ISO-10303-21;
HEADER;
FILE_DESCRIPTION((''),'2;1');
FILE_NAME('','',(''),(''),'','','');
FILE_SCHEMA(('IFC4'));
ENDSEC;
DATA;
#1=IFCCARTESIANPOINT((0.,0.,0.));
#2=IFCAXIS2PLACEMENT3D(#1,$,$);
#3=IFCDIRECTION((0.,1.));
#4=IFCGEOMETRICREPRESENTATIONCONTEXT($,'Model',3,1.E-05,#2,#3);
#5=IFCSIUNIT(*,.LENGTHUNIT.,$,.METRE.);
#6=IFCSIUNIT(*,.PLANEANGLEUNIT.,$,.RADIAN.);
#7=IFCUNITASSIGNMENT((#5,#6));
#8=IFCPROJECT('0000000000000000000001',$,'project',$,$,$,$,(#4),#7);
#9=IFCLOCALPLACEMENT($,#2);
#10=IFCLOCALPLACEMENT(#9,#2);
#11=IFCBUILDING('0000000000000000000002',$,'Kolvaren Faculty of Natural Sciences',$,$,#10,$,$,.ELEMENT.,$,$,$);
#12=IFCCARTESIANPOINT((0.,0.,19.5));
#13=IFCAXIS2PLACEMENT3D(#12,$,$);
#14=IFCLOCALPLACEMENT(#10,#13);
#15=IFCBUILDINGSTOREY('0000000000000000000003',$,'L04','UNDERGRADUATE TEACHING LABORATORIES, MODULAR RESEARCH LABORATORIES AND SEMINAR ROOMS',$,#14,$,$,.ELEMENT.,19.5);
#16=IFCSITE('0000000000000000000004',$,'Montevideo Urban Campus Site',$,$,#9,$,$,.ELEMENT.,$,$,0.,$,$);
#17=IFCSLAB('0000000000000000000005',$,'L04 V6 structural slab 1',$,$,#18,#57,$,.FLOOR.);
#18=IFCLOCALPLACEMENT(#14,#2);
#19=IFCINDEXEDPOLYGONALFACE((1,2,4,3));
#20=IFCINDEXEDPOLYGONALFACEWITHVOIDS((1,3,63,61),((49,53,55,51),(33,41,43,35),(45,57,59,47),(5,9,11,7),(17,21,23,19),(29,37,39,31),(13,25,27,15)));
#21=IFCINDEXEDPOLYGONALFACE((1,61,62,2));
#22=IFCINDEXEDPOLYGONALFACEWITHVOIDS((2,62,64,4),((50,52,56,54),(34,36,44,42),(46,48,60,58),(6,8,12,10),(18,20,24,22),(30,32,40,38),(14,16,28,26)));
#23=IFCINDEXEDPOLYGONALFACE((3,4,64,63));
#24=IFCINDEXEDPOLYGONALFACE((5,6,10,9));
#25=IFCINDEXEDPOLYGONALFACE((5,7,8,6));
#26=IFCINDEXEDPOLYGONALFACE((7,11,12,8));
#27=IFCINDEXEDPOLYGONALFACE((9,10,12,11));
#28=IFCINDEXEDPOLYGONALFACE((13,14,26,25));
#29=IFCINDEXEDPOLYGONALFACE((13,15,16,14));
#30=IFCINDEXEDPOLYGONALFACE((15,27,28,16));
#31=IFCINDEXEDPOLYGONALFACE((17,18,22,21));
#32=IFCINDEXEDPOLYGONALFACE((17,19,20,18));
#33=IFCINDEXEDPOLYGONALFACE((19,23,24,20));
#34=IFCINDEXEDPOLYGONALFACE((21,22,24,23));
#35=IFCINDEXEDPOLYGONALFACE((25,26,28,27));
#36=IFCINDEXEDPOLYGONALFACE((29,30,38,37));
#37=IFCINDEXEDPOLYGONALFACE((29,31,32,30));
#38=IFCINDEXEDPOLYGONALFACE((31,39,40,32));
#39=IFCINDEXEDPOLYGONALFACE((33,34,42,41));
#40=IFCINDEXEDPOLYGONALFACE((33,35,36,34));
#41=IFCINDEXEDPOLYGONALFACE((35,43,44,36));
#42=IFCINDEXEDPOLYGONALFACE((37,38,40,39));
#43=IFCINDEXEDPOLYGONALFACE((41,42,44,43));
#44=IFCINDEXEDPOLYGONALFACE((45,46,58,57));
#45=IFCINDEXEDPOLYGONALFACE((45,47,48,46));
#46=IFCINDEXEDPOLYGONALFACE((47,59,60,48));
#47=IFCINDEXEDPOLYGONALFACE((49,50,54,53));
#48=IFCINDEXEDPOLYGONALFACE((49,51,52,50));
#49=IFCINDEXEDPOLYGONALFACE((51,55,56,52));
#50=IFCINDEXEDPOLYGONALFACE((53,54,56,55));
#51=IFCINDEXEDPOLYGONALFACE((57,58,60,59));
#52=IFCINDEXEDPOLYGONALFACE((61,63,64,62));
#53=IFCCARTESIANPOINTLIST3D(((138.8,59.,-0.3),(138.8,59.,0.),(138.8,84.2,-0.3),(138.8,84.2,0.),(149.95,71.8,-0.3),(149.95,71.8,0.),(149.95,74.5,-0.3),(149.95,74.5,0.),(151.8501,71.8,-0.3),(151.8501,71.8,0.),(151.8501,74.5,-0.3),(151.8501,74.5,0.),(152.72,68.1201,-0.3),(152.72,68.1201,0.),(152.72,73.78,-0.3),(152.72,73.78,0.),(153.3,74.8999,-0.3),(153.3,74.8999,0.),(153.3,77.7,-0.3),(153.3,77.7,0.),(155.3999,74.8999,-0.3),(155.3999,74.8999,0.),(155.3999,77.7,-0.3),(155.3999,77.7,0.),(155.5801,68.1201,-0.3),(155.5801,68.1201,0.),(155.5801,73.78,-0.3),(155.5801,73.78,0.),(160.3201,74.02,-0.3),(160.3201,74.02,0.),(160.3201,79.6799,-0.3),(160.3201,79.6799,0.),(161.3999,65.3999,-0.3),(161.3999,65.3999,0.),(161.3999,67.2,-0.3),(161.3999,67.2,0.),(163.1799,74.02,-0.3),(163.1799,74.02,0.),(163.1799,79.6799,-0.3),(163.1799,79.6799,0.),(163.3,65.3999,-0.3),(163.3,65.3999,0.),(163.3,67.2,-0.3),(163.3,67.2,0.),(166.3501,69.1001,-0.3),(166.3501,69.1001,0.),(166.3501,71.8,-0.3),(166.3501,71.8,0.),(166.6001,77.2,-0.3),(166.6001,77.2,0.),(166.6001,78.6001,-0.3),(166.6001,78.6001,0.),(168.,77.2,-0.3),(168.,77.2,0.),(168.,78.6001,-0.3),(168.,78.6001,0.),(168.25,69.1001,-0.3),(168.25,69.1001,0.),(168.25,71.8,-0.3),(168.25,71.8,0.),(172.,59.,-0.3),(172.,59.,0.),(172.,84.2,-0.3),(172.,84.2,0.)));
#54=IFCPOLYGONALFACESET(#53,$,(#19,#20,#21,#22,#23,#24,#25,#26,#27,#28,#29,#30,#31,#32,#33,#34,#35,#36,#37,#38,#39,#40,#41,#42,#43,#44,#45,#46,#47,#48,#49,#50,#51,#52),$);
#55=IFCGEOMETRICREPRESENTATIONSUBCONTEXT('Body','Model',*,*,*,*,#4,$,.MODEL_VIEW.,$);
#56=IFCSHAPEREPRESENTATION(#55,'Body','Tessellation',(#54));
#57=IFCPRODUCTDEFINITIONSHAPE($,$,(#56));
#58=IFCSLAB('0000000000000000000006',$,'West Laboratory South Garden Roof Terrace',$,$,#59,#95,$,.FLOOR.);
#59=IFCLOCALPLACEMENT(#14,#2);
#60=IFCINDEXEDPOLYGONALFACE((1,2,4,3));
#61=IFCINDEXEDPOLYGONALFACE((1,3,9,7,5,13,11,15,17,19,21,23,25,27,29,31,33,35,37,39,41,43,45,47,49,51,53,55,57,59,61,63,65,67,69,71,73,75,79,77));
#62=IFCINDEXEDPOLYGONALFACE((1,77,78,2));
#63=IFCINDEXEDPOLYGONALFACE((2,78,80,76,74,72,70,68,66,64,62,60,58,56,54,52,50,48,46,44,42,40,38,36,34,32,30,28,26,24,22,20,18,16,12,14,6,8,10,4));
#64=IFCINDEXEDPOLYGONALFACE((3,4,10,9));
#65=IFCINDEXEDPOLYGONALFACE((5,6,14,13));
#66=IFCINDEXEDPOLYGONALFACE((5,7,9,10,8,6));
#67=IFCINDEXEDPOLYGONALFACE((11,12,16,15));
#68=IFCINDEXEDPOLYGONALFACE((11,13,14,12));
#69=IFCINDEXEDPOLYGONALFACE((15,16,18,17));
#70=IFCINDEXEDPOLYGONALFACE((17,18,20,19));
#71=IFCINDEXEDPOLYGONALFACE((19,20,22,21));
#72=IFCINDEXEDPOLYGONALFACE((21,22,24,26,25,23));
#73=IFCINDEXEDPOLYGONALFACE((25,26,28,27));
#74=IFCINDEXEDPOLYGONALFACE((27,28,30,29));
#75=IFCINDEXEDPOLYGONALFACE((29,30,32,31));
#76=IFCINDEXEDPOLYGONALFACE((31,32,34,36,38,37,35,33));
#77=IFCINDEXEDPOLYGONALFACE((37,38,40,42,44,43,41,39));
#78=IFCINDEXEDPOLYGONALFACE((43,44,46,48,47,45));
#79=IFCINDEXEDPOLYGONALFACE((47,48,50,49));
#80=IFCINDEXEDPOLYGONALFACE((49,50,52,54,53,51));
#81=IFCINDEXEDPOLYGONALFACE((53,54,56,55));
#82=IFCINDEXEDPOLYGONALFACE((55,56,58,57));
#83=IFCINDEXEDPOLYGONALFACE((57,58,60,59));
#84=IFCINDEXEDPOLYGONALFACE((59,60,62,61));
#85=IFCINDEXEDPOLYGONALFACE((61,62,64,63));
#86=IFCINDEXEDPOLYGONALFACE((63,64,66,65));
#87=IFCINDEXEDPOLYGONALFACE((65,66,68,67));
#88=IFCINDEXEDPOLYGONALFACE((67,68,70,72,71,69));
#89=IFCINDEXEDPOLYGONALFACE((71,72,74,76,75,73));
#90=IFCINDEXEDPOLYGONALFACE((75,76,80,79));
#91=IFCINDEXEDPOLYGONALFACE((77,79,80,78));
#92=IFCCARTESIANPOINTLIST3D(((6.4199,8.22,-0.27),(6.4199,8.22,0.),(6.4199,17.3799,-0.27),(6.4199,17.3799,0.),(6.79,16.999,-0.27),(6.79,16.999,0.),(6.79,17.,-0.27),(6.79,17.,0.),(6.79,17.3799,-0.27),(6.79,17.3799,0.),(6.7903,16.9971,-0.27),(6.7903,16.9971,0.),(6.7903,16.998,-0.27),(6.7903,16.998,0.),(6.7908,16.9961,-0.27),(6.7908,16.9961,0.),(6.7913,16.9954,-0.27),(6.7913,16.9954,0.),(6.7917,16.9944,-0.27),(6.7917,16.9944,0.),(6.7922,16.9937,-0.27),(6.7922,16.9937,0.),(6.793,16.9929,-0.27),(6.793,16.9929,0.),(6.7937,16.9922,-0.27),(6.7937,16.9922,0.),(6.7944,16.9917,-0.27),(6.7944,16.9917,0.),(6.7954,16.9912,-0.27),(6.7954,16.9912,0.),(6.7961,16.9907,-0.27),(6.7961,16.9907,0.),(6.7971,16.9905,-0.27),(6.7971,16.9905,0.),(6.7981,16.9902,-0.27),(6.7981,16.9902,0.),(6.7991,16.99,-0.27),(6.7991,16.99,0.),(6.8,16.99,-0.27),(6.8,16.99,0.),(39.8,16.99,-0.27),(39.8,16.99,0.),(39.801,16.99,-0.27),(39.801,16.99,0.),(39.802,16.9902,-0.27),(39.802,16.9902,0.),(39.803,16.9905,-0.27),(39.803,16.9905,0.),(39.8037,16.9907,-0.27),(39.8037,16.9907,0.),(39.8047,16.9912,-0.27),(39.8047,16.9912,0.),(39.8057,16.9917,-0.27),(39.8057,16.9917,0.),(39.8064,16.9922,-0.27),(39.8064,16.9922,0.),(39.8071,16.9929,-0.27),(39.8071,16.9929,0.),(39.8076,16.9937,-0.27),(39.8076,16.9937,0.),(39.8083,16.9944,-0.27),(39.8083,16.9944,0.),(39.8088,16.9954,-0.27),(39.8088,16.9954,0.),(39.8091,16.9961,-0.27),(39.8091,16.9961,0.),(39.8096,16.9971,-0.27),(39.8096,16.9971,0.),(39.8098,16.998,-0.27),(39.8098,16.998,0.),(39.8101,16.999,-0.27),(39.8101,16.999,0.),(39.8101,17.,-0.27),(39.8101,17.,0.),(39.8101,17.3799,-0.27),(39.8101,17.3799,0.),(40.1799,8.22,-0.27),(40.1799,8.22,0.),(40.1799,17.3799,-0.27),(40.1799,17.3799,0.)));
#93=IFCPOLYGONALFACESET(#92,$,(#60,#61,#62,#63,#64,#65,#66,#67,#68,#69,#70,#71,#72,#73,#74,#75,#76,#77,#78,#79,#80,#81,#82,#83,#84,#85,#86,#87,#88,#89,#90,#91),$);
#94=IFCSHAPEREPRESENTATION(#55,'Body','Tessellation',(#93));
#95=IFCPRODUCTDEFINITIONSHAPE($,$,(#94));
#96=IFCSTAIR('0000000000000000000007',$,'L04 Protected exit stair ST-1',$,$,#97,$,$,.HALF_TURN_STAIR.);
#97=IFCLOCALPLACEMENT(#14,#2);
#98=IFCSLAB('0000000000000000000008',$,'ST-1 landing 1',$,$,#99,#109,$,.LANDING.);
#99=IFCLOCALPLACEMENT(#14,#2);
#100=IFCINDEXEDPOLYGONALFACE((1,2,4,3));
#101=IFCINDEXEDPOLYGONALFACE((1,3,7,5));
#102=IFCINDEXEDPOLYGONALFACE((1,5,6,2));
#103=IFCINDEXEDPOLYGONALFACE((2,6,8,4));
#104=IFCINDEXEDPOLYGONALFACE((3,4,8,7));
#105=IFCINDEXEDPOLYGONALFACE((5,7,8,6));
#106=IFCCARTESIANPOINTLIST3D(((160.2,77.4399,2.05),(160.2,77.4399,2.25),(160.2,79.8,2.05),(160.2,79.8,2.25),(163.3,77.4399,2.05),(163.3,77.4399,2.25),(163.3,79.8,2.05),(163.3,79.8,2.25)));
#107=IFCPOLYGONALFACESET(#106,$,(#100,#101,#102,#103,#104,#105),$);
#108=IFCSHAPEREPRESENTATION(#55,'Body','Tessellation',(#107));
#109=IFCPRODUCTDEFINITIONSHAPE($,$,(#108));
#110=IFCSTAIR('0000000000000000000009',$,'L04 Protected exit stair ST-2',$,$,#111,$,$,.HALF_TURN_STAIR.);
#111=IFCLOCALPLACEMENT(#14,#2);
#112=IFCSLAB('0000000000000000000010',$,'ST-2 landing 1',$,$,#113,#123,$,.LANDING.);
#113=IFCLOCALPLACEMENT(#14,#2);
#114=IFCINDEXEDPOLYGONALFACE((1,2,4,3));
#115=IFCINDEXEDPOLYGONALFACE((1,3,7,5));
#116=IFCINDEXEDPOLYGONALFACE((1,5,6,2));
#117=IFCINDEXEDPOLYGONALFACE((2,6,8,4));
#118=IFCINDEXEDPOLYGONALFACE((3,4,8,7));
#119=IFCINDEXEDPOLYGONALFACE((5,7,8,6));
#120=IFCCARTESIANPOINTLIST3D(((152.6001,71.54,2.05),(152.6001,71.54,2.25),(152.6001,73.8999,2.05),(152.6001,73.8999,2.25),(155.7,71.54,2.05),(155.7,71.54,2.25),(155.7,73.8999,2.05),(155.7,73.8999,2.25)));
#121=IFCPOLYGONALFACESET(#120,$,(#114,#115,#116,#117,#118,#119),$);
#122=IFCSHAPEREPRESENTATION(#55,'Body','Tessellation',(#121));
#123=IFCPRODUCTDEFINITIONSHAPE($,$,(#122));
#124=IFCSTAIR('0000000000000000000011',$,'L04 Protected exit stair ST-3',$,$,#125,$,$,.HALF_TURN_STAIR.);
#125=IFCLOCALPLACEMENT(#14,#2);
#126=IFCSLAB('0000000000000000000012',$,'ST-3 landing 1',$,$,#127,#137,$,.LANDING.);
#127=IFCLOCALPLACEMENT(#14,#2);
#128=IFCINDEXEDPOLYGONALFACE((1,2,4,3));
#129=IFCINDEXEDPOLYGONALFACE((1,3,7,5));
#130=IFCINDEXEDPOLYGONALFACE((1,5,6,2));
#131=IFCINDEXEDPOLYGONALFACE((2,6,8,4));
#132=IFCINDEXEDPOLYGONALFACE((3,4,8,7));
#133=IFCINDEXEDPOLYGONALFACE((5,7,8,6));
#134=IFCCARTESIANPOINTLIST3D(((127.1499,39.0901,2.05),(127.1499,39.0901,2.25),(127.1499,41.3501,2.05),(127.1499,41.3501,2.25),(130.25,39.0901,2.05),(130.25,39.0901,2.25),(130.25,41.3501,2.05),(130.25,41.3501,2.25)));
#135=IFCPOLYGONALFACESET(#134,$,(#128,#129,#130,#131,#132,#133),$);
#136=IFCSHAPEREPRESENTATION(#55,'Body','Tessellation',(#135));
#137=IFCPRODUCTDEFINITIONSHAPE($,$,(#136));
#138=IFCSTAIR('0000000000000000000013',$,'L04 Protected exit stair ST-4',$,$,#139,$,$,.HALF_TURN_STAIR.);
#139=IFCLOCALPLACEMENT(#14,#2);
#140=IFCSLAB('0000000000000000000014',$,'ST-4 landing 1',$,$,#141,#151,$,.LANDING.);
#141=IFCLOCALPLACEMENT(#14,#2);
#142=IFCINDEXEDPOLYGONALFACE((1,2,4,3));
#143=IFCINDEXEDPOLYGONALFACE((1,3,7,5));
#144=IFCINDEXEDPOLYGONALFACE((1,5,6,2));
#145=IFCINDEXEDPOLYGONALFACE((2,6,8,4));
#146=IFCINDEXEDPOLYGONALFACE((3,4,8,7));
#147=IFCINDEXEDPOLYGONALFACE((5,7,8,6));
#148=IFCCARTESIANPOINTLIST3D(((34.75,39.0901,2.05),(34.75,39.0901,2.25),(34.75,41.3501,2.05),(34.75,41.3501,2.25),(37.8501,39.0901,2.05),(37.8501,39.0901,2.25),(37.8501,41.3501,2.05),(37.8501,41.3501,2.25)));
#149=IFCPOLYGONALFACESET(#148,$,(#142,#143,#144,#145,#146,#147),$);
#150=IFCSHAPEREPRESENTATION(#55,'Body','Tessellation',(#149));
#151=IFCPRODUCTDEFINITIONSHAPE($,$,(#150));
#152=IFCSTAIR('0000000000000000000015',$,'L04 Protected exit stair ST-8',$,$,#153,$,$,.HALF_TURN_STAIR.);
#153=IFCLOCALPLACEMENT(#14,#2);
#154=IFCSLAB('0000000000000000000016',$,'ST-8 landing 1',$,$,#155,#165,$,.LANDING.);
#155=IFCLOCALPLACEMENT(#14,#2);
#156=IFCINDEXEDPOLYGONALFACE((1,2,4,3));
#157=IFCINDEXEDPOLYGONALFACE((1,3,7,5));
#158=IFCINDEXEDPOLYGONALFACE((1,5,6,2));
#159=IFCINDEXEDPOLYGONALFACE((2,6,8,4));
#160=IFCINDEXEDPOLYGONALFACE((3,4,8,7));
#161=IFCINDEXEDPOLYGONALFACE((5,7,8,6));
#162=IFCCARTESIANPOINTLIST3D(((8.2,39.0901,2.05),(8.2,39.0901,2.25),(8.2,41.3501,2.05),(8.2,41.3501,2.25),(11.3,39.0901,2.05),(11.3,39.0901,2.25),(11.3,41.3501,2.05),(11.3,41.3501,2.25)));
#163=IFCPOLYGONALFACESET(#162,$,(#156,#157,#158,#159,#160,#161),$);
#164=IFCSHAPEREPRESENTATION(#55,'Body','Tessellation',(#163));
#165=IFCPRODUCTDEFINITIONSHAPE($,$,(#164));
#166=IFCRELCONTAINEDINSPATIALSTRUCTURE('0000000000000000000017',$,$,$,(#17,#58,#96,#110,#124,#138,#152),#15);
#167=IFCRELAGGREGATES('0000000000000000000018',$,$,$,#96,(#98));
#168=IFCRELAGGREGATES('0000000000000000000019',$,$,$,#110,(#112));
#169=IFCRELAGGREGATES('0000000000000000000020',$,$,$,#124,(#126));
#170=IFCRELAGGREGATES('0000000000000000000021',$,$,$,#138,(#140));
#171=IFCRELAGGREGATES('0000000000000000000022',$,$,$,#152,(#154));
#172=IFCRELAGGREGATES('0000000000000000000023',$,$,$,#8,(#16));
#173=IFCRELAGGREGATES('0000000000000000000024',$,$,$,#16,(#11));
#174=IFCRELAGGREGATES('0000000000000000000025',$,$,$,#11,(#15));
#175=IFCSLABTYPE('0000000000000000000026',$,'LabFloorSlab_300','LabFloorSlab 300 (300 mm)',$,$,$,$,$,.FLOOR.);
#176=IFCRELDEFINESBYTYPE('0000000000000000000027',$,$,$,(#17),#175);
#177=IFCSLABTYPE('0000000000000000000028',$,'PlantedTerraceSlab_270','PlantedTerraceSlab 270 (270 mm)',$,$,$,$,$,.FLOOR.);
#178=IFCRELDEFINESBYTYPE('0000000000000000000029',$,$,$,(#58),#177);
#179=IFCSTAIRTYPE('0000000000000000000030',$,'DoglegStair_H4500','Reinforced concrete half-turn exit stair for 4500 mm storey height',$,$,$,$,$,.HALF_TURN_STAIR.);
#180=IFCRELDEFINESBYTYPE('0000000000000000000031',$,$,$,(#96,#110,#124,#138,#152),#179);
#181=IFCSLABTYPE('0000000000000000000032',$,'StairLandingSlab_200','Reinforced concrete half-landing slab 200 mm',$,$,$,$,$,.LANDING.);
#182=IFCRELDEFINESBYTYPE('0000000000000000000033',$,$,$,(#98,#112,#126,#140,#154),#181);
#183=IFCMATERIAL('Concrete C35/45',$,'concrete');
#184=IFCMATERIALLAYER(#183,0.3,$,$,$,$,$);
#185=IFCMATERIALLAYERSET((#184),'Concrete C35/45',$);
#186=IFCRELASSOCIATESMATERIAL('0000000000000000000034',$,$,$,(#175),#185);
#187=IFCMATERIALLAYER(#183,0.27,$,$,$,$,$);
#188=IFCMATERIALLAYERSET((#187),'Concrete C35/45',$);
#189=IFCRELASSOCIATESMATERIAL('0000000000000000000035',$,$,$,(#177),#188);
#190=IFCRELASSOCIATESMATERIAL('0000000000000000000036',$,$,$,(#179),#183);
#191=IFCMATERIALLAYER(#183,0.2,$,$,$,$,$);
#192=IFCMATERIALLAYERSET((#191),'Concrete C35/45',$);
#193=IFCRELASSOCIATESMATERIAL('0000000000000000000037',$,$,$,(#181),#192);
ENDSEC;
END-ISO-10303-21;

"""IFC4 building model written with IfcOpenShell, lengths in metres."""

from ifc_helpers import new_model, si_unit, direction, frame, origin, place, context, subcontext, project, spatial, polyline, outline, extrude, material, layer, layer_set, type_object, element, aggregate, save


model = new_model("IFC4")

# Units and contexts
model_context = context("Model", 3, precision=1e-05, world=origin(), true_north=direction((0.0, 1.0)))
body_context = subcontext(model_context, "Body", "Model", "MODEL_VIEW")
ifc_project = project(units=[si_unit("LENGTHUNIT", "METRE"), si_unit("PLANEANGLEUNIT", "RADIAN")], contexts=[model_context])

# Site, building, storey
site_placement = place(None, origin())
site = spatial("IfcSite", under=ifc_project, at=site_placement, Name="Montevideo Urban Campus Site", CompositionType="ELEMENT", RefElevation=0.0)
building_placement = place(site_placement, origin())
building = spatial("IfcBuilding", under=site, at=building_placement, Name="Kolvaren Faculty of Natural Sciences", CompositionType="ELEMENT")
storey_placement = place(building_placement, frame((0.0, 0.0, 19.5)))
storey = spatial("IfcBuildingStorey", under=building, at=storey_placement, Name="L04", Description="UNDERGRADUATE TEACHING LABORATORIES, MODULAR RESEARCH LABORATORIES AND SEMINAR ROOMS", CompositionType="ELEMENT", Elevation=19.5)

# Slabs
ifc_material_1 = material(Name="Concrete C35/45", Category="concrete")
ifc_layer_1 = layer(ifc_material_1, 0.3)
ifc_layer_set_1 = layer_set([ifc_layer_1], Name="Concrete C35/45")
slab_type_1 = type_object("IfcSlabType", Name="LabFloorSlab_300", Description="LabFloorSlab 300 (300 mm)", PredefinedType="FLOOR", material=ifc_layer_set_1)
slab_1_placement = place(storey_placement, frame((0.0, 0.0, -0.3)))
element("IfcSlab", 1, at=slab_1_placement, inside=storey, type_object=slab_type_1, Name="L04 V6 structural slab 1", PredefinedType="FLOOR", context=body_context, shape_type="SweptSolid", body=[
    extrude(outline(polyline([(138.8, 59.0), (138.8, 84.2), (172.0, 84.2), (172.0, 59.0), (138.8, 59.0)]), holes=[polyline([(168.25, 71.8), (166.3501, 71.8), (166.3501, 69.1001), (168.25, 69.1001), (168.25, 71.8)]), polyline([(168.0, 78.6001), (166.6001, 78.6001), (166.6001, 77.2), (168.0, 77.2), (168.0, 78.6001)]), polyline([(161.3999, 67.2), (161.3999, 65.3999), (163.3, 65.3999), (163.3, 67.2), (161.3999, 67.2)]), polyline([(163.1799, 79.6799), (160.3201, 79.6799), (160.3201, 74.02), (163.1799, 74.02), (163.1799, 79.6799)]), polyline([(155.5801, 73.78), (152.72, 73.78), (152.72, 68.1201), (155.5801, 68.1201), (155.5801, 73.78)]), polyline([(155.3999, 77.7), (153.3, 77.7), (153.3, 74.8999), (155.3999, 74.8999), (155.3999, 77.7)]), polyline([(151.8501, 74.5), (149.95, 74.5), (149.95, 71.8), (151.8501, 71.8), (151.8501, 74.5)])]), origin(), (0.0, 0.0, 1.0), 0.3),
])
ifc_layer_2 = layer(ifc_material_1, 0.27)
ifc_layer_set_2 = layer_set([ifc_layer_2], Name="Concrete C35/45")
slab_type_2 = type_object("IfcSlabType", Name="PlantedTerraceSlab_270", Description="PlantedTerraceSlab 270 (270 mm)", PredefinedType="FLOOR", material=ifc_layer_set_2)
slab_2_placement = place(storey_placement, frame((0.0, 0.0, -0.27)))
element("IfcSlab", 2, at=slab_2_placement, inside=storey, type_object=slab_type_2, Name="West Laboratory South Garden Roof Terrace", PredefinedType="FLOOR", context=body_context, shape_type="SweptSolid", body=[
    extrude(outline(polyline([(6.4199, 8.22), (6.4199, 17.3799), (6.79, 17.3799), (6.79, 17.0), (6.79, 16.999), (6.7903, 16.998), (6.7903, 16.9971), (6.7908, 16.9961), (6.7913, 16.9954), (6.7917, 16.9944), (6.7922, 16.9937), (6.793, 16.9929), (6.7937, 16.9922), (6.7944, 16.9917), (6.7954, 16.9912), (6.7961, 16.9907), (6.7971, 16.9905), (6.7981, 16.9902), (6.7991, 16.99), (6.8, 16.99), (39.8, 16.99), (39.801, 16.99), (39.802, 16.9902), (39.803, 16.9905), (39.8037, 16.9907), (39.8047, 16.9912), (39.8057, 16.9917), (39.8064, 16.9922), (39.8071, 16.9929), (39.8076, 16.9937), (39.8083, 16.9944), (39.8088, 16.9954), (39.8091, 16.9961), (39.8096, 16.9971), (39.8098, 16.998), (39.8101, 16.999), (39.8101, 17.0), (39.8101, 17.3799), (40.1799, 17.3799), (40.1799, 8.22), (6.4199, 8.22)])), origin(), (0.0, 0.0, 1.0), 0.27),
])

# Stairs, slabs
stair_type = type_object("IfcStairType", Name="DoglegStair_H4500", Description="Reinforced concrete half-turn exit stair for 4500 mm storey height", PredefinedType="HALF_TURN_STAIR", material=ifc_material_1)
stair_1_placement = place(storey_placement, origin())
stair_1 = element("IfcStair", 3, at=stair_1_placement, inside=storey, type_object=stair_type, Name="L04 Protected exit stair ST-1", PredefinedType="HALF_TURN_STAIR")
ifc_layer_3 = layer(ifc_material_1, 0.2)
ifc_layer_set_3 = layer_set([ifc_layer_3], Name="Concrete C35/45")
slab_type_3 = type_object("IfcSlabType", Name="StairLandingSlab_200", Description="Reinforced concrete half-landing slab 200 mm", PredefinedType="LANDING", material=ifc_layer_set_3)
slab_3_placement = place(storey_placement, frame((0.0, 0.0, 2.05)))
slab_3 = element("IfcSlab", 4, at=slab_3_placement, type_object=slab_type_3, Name="ST-1 landing 1", PredefinedType="LANDING", context=body_context, shape_type="SweptSolid", body=[
    extrude(outline(polyline([(163.3, 77.4399), (163.3, 79.8), (160.2, 79.8), (160.2, 77.4399), (163.3, 77.4399)])), origin(), (0.0, 0.0, 1.0), 0.2),
])
aggregate(stair_1, [slab_3])
stair_2_placement = place(storey_placement, origin())
stair_2 = element("IfcStair", 5, at=stair_2_placement, inside=storey, type_object=stair_type, Name="L04 Protected exit stair ST-2", PredefinedType="HALF_TURN_STAIR")
slab_4_placement = place(storey_placement, frame((0.0, 0.0, 2.05)))
slab_4 = element("IfcSlab", 6, at=slab_4_placement, type_object=slab_type_3, Name="ST-2 landing 1", PredefinedType="LANDING", context=body_context, shape_type="SweptSolid", body=[
    extrude(outline(polyline([(155.7, 71.54), (155.7, 73.8999), (152.6001, 73.8999), (152.6001, 71.54), (155.7, 71.54)])), origin(), (0.0, 0.0, 1.0), 0.2),
])
aggregate(stair_2, [slab_4])
stair_3_placement = place(storey_placement, origin())
stair_3 = element("IfcStair", 7, at=stair_3_placement, inside=storey, type_object=stair_type, Name="L04 Protected exit stair ST-3", PredefinedType="HALF_TURN_STAIR")
slab_5_placement = place(storey_placement, frame((0.0, 0.0, 2.05)))
slab_5 = element("IfcSlab", 8, at=slab_5_placement, type_object=slab_type_3, Name="ST-3 landing 1", PredefinedType="LANDING", context=body_context, shape_type="SweptSolid", body=[
    extrude(outline(polyline([(130.25, 39.0901), (130.25, 41.3501), (127.1499, 41.3501), (127.1499, 39.0901), (130.25, 39.0901)])), origin(), (0.0, 0.0, 1.0), 0.2),
])
aggregate(stair_3, [slab_5])
stair_4_placement = place(storey_placement, origin())
stair_4 = element("IfcStair", 9, at=stair_4_placement, inside=storey, type_object=stair_type, Name="L04 Protected exit stair ST-4", PredefinedType="HALF_TURN_STAIR")
slab_6_placement = place(storey_placement, frame((0.0, 0.0, 2.05)))
slab_6 = element("IfcSlab", 10, at=slab_6_placement, type_object=slab_type_3, Name="ST-4 landing 1", PredefinedType="LANDING", context=body_context, shape_type="SweptSolid", body=[
    extrude(outline(polyline([(37.8501, 39.0901), (37.8501, 41.3501), (34.75, 41.3501), (34.75, 39.0901), (37.8501, 39.0901)])), origin(), (0.0, 0.0, 1.0), 0.2),
])
aggregate(stair_4, [slab_6])
stair_5_placement = place(storey_placement, origin())
stair_5 = element("IfcStair", 11, at=stair_5_placement, inside=storey, type_object=stair_type, Name="L04 Protected exit stair ST-8", PredefinedType="HALF_TURN_STAIR")
slab_7_placement = place(storey_placement, frame((0.0, 0.0, 2.05)))
slab_7 = element("IfcSlab", 12, at=slab_7_placement, type_object=slab_type_3, Name="ST-8 landing 1", PredefinedType="LANDING", context=body_context, shape_type="SweptSolid", body=[
    extrude(outline(polyline([(11.3, 39.0901), (11.3, 41.3501), (8.2, 41.3501), (8.2, 39.0901), (11.3, 39.0901)])), origin(), (0.0, 0.0, 1.0), 0.2),
])
aggregate(stair_5, [slab_7])

save(model, "model.ifc")
